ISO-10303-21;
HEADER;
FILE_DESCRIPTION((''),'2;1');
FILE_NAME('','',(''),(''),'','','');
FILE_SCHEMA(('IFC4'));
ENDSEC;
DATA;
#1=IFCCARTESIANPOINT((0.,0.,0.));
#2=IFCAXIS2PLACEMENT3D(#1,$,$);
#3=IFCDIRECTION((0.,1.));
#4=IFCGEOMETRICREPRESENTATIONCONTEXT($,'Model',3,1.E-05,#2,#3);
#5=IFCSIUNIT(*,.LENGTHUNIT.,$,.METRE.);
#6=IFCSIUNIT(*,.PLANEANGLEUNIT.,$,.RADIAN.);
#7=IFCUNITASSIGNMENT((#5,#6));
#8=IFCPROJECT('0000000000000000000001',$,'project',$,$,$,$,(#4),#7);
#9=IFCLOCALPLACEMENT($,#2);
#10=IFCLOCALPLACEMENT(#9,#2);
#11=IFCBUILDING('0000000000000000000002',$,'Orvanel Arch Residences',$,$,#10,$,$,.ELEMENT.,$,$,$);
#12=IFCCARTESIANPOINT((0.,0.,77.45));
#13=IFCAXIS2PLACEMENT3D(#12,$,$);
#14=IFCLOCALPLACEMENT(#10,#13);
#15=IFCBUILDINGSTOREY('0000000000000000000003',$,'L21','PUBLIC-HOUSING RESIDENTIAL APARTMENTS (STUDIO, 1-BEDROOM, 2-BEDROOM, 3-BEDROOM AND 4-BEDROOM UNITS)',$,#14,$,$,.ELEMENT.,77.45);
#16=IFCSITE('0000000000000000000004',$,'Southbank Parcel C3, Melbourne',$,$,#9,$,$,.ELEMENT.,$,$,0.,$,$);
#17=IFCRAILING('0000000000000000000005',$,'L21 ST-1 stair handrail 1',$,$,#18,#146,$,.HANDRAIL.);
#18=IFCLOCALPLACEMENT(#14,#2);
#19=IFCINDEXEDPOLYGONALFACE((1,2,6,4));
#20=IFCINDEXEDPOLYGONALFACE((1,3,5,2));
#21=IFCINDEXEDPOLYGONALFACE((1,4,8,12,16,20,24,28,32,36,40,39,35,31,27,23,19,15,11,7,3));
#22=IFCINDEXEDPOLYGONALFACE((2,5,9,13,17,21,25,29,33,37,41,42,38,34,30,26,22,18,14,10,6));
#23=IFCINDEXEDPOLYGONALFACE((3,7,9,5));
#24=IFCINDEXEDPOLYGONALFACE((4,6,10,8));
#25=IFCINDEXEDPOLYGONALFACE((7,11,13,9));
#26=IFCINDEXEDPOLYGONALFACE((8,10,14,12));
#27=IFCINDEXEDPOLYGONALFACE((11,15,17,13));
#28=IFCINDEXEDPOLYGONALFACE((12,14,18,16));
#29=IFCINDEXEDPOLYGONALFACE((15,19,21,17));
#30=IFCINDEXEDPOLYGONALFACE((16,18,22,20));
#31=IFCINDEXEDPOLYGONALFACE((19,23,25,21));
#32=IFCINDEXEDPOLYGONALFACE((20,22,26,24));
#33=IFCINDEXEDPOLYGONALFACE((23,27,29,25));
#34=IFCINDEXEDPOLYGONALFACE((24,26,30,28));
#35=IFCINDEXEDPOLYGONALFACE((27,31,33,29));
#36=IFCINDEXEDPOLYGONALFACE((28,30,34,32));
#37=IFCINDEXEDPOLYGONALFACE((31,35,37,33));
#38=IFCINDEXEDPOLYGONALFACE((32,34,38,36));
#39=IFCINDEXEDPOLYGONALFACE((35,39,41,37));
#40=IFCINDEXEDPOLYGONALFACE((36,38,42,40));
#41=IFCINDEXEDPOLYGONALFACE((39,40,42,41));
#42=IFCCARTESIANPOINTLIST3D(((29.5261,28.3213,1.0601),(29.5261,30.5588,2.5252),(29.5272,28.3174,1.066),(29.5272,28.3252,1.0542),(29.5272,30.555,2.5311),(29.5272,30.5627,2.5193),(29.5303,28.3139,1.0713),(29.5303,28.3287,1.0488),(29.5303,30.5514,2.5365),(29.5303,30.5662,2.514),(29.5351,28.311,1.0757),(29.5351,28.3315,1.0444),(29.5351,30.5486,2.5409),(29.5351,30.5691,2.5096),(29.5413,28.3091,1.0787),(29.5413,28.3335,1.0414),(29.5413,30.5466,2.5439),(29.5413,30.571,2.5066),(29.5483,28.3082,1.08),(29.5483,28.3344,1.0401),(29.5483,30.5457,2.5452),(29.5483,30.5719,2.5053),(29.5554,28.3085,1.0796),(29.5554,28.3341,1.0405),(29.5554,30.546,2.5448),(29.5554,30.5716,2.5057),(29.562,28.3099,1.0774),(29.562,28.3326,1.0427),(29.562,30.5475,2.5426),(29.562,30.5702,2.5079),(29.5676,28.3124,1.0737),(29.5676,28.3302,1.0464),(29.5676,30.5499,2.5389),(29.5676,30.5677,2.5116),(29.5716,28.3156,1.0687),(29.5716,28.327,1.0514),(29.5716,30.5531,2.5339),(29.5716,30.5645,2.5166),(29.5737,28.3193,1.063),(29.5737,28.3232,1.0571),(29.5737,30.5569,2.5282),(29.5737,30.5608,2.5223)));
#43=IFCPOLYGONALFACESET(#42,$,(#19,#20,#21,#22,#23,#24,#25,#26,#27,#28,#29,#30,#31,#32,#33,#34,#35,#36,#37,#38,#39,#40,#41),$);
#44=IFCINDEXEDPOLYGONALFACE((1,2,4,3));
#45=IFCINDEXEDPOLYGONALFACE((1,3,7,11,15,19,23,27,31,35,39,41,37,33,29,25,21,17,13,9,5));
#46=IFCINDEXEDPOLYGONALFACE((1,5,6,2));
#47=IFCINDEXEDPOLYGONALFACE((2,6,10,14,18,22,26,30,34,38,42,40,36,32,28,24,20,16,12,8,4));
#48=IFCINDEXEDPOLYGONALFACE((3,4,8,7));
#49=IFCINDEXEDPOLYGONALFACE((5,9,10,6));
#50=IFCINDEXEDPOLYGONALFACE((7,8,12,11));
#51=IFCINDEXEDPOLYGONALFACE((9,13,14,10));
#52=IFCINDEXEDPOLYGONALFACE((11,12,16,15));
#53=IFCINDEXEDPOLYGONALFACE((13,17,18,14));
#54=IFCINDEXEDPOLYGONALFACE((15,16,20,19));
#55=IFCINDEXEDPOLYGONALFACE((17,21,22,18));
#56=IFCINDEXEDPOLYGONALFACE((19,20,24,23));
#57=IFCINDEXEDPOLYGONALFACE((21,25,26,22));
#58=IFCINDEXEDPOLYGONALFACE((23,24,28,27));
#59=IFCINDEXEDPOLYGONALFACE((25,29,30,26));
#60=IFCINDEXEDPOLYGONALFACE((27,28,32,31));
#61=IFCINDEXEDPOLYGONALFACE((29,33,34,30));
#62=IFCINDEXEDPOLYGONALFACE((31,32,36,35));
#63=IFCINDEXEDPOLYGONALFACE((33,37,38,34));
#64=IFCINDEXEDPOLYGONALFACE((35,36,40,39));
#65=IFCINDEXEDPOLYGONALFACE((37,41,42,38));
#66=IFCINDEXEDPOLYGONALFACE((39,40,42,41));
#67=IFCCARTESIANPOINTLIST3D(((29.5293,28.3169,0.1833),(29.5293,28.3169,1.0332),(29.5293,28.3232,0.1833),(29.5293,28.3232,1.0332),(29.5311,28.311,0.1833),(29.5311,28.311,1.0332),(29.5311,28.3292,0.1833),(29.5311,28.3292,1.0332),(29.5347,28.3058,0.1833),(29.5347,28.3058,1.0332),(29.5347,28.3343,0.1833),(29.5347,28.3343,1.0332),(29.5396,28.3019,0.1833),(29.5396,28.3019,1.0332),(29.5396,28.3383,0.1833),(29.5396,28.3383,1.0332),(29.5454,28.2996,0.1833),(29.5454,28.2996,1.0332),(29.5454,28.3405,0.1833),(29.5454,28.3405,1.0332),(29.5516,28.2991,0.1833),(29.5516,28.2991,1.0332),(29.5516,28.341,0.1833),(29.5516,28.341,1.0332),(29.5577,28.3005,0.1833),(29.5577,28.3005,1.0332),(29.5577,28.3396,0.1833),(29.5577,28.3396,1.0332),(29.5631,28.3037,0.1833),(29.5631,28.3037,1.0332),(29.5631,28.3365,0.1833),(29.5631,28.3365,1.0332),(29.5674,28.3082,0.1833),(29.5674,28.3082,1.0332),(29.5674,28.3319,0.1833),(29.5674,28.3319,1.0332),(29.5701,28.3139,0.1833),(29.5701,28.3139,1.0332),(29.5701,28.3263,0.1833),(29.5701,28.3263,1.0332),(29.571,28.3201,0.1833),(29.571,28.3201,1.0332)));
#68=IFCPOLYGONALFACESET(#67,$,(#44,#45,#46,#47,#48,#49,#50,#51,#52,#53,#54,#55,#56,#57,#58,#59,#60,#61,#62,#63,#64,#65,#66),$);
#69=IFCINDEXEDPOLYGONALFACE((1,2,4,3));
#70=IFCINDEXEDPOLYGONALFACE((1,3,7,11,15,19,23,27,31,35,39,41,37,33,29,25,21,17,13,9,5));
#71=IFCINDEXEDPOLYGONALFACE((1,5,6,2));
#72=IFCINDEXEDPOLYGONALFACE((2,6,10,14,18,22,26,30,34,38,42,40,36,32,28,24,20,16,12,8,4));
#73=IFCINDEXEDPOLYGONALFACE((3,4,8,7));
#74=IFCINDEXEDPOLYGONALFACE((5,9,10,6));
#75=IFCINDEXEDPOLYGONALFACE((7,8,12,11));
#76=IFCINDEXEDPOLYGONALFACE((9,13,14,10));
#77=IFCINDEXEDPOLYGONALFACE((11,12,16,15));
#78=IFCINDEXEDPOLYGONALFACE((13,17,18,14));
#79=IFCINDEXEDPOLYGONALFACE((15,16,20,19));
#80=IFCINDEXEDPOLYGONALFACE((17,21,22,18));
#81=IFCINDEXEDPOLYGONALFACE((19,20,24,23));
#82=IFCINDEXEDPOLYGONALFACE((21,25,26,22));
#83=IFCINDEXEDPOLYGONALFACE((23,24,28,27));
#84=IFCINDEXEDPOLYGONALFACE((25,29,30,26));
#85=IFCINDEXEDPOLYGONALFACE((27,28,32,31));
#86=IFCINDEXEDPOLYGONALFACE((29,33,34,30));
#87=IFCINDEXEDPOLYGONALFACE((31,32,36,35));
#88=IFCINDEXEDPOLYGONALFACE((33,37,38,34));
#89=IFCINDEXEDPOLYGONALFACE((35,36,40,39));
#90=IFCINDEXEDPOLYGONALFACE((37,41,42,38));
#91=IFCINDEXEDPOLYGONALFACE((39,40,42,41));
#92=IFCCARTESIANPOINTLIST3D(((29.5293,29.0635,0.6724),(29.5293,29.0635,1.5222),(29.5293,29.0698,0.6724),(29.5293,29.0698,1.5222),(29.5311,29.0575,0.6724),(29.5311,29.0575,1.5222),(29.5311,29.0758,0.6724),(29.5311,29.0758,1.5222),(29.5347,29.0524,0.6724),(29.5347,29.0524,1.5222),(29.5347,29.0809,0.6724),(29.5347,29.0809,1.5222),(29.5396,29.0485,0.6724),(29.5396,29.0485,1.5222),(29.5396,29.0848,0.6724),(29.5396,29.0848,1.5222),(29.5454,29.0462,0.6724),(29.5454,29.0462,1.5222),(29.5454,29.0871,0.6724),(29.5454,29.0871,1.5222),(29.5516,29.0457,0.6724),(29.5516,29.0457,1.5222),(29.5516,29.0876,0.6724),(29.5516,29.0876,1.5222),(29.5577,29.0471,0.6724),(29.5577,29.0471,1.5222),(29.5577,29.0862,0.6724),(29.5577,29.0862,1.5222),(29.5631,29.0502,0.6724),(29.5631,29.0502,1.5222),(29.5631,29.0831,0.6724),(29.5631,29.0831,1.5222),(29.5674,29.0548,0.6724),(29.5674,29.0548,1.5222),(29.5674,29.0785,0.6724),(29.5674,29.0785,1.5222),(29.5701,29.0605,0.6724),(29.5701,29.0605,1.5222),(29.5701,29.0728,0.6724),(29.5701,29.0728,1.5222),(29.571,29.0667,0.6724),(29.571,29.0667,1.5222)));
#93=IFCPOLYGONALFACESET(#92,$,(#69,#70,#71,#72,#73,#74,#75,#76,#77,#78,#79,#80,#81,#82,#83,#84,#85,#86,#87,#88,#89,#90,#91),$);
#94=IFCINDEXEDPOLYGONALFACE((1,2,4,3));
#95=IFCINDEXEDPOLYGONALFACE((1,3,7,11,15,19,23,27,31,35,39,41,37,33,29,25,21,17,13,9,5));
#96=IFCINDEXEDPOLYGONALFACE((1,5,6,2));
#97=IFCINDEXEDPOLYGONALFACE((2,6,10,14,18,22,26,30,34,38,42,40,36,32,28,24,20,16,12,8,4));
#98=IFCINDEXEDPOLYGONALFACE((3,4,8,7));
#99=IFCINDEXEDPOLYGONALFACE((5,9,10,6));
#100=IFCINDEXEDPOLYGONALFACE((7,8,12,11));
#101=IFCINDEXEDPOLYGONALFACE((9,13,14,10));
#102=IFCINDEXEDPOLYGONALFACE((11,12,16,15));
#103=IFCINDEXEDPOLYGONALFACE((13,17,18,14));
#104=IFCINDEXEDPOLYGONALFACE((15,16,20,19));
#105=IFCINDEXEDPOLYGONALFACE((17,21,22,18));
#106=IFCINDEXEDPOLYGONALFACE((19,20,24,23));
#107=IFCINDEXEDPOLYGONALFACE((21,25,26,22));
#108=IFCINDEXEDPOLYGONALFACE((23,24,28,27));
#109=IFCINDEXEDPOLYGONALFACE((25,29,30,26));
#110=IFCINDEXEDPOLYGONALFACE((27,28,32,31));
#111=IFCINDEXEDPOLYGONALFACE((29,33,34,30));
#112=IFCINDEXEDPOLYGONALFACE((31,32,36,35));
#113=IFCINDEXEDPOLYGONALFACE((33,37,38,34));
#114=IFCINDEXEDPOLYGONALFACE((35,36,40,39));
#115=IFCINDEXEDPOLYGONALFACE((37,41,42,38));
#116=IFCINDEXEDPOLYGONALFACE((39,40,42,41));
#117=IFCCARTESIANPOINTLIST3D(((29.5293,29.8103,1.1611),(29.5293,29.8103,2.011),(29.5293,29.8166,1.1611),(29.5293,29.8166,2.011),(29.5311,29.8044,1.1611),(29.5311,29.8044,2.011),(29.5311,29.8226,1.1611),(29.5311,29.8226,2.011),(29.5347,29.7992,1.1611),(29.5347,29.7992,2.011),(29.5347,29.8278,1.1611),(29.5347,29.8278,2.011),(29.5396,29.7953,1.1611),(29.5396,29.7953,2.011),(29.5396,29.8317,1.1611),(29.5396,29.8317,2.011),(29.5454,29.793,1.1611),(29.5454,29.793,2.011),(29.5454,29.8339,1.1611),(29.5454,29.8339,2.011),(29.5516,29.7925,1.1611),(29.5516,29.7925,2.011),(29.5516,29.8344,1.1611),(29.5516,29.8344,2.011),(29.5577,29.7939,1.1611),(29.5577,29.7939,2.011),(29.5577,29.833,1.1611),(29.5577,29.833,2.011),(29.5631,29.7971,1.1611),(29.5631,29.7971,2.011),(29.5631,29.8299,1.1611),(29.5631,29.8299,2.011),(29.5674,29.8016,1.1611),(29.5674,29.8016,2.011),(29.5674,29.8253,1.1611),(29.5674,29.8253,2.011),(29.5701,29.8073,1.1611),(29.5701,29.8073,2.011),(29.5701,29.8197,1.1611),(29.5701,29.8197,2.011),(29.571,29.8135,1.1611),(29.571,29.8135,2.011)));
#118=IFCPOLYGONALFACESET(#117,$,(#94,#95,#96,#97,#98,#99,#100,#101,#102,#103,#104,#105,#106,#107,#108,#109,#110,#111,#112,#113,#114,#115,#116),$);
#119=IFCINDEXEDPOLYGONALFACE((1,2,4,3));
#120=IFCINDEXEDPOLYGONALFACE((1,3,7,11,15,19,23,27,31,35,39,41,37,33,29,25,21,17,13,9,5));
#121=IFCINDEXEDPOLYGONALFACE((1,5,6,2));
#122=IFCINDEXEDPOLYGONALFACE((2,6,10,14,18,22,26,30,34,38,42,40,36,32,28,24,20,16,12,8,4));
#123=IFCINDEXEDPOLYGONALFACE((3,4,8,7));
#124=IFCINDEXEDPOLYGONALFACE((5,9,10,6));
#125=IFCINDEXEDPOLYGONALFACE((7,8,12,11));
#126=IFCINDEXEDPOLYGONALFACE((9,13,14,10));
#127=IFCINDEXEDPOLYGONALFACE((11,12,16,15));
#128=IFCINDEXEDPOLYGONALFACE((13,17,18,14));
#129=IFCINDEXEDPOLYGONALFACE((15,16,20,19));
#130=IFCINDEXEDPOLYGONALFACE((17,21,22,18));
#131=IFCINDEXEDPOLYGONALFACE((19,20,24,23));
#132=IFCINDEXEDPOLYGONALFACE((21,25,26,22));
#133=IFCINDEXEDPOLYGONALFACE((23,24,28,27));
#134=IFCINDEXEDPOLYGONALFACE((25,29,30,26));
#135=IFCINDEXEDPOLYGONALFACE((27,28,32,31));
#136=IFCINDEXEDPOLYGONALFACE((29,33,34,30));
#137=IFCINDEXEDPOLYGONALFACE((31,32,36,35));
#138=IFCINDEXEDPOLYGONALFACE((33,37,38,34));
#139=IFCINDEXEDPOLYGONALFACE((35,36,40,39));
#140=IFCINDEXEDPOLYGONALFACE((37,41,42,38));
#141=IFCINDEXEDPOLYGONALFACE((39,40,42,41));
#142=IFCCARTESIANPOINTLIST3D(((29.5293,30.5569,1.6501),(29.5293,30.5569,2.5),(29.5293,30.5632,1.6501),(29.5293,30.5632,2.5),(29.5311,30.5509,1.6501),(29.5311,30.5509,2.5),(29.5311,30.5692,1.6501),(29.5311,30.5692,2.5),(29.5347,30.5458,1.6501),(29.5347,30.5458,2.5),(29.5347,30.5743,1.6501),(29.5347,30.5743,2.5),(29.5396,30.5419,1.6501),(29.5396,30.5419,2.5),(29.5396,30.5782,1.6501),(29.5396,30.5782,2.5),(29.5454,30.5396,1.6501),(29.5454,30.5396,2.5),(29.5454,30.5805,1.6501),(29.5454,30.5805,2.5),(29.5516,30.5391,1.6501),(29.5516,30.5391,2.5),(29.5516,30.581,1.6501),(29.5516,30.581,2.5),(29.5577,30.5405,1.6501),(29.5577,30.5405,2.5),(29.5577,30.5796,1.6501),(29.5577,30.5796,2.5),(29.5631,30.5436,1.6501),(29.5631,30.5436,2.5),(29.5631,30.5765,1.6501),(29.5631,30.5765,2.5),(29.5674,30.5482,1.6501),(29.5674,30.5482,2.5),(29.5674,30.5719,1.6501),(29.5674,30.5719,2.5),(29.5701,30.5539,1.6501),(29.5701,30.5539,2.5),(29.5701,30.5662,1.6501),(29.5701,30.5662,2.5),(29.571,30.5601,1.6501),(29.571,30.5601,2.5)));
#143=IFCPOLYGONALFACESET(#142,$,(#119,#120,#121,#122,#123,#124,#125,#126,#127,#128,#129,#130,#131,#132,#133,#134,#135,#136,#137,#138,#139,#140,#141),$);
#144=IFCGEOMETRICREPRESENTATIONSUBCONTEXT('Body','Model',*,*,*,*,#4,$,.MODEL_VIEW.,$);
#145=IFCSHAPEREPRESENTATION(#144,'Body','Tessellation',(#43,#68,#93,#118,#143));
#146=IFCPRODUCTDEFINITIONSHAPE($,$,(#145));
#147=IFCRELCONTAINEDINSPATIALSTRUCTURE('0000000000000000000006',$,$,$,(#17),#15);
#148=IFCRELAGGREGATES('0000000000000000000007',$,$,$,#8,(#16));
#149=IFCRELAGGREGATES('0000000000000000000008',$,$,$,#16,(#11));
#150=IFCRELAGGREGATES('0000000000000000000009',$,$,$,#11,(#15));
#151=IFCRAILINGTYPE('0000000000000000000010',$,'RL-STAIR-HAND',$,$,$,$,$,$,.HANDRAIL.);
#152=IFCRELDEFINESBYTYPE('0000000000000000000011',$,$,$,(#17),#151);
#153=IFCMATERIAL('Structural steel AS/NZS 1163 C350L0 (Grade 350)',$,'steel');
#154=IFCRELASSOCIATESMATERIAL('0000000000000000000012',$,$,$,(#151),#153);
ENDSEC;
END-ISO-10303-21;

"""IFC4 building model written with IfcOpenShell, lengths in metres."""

from ifc_helpers import new_model, si_unit, direction, frame, origin, origin_2d, place, context, subcontext, project, spatial, circle, extrude, material, type_object, element, save


model = new_model("IFC4")

# Units and contexts
model_context = context("Model", 3, precision=1e-05, world=origin(), true_north=direction((0.0, 1.0)))
body_context = subcontext(model_context, "Body", "Model", "MODEL_VIEW")
ifc_project = project(units=[si_unit("LENGTHUNIT", "METRE"), si_unit("PLANEANGLEUNIT", "RADIAN")], contexts=[model_context])

# Site, building, storey
site_placement = place(None, origin())
site = spatial("IfcSite", under=ifc_project, at=site_placement, Name="Southbank Parcel C3, Melbourne", CompositionType="ELEMENT", RefElevation=0.0)
building_placement = place(site_placement, origin())
building = spatial("IfcBuilding", under=site, at=building_placement, Name="Orvanel Arch Residences", CompositionType="ELEMENT")
storey_placement = place(building_placement, frame((0.0, 0.0, 77.45)))
storey = spatial("IfcBuildingStorey", under=building, at=storey_placement, Name="L21", Description="PUBLIC-HOUSING RESIDENTIAL APARTMENTS (STUDIO, 1-BEDROOM, 2-BEDROOM, 3-BEDROOM AND 4-BEDROOM UNITS)", CompositionType="ELEMENT", Elevation=77.45)

# Railing
ifc_material_1 = material(Name="Structural steel AS/NZS 1163 C350L0 (Grade 350)", Category="steel")
railing_type_1 = type_object("IfcRailingType", Name="RL-STAIR-HAND", PredefinedType="HANDRAIL", material=ifc_material_1)
railing_1_placement = place(storey_placement, frame((29.55, 28.3201, 0.1833)))
element("IfcRailing", 1, at=railing_1_placement, inside=storey, type_object=railing_type_1, Name="L21 ST-1 stair handrail 1", PredefinedType="HANDRAIL", context=body_context, shape_type="SweptSolid", body=[
    extrude(circle(Radius=0.0239, at=origin_2d()), frame((0.0, 0.0012, 0.8767), z_axis=(0.0, 0.836595, 0.547822), x_axis=(-1.0, 0.0, 0.0)), (0.0, 0.0, 1.0), 2.6746),
    extrude(circle(Radius=0.021, at=origin_2d()), origin(), (0.0, 0.0, 1.0), 0.8499),
    extrude(circle(Radius=0.021, at=origin_2d()), frame((0.0, 0.7466, 0.489)), (0.0, 0.0, 1.0), 0.8499),
    extrude(circle(Radius=0.021, at=origin_2d()), frame((0.0, 1.4934, 0.9778)), (0.0, 0.0, 1.0), 0.8499),
    extrude(circle(Radius=0.021, at=origin_2d()), frame((0.0, 2.24, 1.4668)), (0.0, 0.0, 1.0), 0.8499),
])

save(model, "model.ifc")
